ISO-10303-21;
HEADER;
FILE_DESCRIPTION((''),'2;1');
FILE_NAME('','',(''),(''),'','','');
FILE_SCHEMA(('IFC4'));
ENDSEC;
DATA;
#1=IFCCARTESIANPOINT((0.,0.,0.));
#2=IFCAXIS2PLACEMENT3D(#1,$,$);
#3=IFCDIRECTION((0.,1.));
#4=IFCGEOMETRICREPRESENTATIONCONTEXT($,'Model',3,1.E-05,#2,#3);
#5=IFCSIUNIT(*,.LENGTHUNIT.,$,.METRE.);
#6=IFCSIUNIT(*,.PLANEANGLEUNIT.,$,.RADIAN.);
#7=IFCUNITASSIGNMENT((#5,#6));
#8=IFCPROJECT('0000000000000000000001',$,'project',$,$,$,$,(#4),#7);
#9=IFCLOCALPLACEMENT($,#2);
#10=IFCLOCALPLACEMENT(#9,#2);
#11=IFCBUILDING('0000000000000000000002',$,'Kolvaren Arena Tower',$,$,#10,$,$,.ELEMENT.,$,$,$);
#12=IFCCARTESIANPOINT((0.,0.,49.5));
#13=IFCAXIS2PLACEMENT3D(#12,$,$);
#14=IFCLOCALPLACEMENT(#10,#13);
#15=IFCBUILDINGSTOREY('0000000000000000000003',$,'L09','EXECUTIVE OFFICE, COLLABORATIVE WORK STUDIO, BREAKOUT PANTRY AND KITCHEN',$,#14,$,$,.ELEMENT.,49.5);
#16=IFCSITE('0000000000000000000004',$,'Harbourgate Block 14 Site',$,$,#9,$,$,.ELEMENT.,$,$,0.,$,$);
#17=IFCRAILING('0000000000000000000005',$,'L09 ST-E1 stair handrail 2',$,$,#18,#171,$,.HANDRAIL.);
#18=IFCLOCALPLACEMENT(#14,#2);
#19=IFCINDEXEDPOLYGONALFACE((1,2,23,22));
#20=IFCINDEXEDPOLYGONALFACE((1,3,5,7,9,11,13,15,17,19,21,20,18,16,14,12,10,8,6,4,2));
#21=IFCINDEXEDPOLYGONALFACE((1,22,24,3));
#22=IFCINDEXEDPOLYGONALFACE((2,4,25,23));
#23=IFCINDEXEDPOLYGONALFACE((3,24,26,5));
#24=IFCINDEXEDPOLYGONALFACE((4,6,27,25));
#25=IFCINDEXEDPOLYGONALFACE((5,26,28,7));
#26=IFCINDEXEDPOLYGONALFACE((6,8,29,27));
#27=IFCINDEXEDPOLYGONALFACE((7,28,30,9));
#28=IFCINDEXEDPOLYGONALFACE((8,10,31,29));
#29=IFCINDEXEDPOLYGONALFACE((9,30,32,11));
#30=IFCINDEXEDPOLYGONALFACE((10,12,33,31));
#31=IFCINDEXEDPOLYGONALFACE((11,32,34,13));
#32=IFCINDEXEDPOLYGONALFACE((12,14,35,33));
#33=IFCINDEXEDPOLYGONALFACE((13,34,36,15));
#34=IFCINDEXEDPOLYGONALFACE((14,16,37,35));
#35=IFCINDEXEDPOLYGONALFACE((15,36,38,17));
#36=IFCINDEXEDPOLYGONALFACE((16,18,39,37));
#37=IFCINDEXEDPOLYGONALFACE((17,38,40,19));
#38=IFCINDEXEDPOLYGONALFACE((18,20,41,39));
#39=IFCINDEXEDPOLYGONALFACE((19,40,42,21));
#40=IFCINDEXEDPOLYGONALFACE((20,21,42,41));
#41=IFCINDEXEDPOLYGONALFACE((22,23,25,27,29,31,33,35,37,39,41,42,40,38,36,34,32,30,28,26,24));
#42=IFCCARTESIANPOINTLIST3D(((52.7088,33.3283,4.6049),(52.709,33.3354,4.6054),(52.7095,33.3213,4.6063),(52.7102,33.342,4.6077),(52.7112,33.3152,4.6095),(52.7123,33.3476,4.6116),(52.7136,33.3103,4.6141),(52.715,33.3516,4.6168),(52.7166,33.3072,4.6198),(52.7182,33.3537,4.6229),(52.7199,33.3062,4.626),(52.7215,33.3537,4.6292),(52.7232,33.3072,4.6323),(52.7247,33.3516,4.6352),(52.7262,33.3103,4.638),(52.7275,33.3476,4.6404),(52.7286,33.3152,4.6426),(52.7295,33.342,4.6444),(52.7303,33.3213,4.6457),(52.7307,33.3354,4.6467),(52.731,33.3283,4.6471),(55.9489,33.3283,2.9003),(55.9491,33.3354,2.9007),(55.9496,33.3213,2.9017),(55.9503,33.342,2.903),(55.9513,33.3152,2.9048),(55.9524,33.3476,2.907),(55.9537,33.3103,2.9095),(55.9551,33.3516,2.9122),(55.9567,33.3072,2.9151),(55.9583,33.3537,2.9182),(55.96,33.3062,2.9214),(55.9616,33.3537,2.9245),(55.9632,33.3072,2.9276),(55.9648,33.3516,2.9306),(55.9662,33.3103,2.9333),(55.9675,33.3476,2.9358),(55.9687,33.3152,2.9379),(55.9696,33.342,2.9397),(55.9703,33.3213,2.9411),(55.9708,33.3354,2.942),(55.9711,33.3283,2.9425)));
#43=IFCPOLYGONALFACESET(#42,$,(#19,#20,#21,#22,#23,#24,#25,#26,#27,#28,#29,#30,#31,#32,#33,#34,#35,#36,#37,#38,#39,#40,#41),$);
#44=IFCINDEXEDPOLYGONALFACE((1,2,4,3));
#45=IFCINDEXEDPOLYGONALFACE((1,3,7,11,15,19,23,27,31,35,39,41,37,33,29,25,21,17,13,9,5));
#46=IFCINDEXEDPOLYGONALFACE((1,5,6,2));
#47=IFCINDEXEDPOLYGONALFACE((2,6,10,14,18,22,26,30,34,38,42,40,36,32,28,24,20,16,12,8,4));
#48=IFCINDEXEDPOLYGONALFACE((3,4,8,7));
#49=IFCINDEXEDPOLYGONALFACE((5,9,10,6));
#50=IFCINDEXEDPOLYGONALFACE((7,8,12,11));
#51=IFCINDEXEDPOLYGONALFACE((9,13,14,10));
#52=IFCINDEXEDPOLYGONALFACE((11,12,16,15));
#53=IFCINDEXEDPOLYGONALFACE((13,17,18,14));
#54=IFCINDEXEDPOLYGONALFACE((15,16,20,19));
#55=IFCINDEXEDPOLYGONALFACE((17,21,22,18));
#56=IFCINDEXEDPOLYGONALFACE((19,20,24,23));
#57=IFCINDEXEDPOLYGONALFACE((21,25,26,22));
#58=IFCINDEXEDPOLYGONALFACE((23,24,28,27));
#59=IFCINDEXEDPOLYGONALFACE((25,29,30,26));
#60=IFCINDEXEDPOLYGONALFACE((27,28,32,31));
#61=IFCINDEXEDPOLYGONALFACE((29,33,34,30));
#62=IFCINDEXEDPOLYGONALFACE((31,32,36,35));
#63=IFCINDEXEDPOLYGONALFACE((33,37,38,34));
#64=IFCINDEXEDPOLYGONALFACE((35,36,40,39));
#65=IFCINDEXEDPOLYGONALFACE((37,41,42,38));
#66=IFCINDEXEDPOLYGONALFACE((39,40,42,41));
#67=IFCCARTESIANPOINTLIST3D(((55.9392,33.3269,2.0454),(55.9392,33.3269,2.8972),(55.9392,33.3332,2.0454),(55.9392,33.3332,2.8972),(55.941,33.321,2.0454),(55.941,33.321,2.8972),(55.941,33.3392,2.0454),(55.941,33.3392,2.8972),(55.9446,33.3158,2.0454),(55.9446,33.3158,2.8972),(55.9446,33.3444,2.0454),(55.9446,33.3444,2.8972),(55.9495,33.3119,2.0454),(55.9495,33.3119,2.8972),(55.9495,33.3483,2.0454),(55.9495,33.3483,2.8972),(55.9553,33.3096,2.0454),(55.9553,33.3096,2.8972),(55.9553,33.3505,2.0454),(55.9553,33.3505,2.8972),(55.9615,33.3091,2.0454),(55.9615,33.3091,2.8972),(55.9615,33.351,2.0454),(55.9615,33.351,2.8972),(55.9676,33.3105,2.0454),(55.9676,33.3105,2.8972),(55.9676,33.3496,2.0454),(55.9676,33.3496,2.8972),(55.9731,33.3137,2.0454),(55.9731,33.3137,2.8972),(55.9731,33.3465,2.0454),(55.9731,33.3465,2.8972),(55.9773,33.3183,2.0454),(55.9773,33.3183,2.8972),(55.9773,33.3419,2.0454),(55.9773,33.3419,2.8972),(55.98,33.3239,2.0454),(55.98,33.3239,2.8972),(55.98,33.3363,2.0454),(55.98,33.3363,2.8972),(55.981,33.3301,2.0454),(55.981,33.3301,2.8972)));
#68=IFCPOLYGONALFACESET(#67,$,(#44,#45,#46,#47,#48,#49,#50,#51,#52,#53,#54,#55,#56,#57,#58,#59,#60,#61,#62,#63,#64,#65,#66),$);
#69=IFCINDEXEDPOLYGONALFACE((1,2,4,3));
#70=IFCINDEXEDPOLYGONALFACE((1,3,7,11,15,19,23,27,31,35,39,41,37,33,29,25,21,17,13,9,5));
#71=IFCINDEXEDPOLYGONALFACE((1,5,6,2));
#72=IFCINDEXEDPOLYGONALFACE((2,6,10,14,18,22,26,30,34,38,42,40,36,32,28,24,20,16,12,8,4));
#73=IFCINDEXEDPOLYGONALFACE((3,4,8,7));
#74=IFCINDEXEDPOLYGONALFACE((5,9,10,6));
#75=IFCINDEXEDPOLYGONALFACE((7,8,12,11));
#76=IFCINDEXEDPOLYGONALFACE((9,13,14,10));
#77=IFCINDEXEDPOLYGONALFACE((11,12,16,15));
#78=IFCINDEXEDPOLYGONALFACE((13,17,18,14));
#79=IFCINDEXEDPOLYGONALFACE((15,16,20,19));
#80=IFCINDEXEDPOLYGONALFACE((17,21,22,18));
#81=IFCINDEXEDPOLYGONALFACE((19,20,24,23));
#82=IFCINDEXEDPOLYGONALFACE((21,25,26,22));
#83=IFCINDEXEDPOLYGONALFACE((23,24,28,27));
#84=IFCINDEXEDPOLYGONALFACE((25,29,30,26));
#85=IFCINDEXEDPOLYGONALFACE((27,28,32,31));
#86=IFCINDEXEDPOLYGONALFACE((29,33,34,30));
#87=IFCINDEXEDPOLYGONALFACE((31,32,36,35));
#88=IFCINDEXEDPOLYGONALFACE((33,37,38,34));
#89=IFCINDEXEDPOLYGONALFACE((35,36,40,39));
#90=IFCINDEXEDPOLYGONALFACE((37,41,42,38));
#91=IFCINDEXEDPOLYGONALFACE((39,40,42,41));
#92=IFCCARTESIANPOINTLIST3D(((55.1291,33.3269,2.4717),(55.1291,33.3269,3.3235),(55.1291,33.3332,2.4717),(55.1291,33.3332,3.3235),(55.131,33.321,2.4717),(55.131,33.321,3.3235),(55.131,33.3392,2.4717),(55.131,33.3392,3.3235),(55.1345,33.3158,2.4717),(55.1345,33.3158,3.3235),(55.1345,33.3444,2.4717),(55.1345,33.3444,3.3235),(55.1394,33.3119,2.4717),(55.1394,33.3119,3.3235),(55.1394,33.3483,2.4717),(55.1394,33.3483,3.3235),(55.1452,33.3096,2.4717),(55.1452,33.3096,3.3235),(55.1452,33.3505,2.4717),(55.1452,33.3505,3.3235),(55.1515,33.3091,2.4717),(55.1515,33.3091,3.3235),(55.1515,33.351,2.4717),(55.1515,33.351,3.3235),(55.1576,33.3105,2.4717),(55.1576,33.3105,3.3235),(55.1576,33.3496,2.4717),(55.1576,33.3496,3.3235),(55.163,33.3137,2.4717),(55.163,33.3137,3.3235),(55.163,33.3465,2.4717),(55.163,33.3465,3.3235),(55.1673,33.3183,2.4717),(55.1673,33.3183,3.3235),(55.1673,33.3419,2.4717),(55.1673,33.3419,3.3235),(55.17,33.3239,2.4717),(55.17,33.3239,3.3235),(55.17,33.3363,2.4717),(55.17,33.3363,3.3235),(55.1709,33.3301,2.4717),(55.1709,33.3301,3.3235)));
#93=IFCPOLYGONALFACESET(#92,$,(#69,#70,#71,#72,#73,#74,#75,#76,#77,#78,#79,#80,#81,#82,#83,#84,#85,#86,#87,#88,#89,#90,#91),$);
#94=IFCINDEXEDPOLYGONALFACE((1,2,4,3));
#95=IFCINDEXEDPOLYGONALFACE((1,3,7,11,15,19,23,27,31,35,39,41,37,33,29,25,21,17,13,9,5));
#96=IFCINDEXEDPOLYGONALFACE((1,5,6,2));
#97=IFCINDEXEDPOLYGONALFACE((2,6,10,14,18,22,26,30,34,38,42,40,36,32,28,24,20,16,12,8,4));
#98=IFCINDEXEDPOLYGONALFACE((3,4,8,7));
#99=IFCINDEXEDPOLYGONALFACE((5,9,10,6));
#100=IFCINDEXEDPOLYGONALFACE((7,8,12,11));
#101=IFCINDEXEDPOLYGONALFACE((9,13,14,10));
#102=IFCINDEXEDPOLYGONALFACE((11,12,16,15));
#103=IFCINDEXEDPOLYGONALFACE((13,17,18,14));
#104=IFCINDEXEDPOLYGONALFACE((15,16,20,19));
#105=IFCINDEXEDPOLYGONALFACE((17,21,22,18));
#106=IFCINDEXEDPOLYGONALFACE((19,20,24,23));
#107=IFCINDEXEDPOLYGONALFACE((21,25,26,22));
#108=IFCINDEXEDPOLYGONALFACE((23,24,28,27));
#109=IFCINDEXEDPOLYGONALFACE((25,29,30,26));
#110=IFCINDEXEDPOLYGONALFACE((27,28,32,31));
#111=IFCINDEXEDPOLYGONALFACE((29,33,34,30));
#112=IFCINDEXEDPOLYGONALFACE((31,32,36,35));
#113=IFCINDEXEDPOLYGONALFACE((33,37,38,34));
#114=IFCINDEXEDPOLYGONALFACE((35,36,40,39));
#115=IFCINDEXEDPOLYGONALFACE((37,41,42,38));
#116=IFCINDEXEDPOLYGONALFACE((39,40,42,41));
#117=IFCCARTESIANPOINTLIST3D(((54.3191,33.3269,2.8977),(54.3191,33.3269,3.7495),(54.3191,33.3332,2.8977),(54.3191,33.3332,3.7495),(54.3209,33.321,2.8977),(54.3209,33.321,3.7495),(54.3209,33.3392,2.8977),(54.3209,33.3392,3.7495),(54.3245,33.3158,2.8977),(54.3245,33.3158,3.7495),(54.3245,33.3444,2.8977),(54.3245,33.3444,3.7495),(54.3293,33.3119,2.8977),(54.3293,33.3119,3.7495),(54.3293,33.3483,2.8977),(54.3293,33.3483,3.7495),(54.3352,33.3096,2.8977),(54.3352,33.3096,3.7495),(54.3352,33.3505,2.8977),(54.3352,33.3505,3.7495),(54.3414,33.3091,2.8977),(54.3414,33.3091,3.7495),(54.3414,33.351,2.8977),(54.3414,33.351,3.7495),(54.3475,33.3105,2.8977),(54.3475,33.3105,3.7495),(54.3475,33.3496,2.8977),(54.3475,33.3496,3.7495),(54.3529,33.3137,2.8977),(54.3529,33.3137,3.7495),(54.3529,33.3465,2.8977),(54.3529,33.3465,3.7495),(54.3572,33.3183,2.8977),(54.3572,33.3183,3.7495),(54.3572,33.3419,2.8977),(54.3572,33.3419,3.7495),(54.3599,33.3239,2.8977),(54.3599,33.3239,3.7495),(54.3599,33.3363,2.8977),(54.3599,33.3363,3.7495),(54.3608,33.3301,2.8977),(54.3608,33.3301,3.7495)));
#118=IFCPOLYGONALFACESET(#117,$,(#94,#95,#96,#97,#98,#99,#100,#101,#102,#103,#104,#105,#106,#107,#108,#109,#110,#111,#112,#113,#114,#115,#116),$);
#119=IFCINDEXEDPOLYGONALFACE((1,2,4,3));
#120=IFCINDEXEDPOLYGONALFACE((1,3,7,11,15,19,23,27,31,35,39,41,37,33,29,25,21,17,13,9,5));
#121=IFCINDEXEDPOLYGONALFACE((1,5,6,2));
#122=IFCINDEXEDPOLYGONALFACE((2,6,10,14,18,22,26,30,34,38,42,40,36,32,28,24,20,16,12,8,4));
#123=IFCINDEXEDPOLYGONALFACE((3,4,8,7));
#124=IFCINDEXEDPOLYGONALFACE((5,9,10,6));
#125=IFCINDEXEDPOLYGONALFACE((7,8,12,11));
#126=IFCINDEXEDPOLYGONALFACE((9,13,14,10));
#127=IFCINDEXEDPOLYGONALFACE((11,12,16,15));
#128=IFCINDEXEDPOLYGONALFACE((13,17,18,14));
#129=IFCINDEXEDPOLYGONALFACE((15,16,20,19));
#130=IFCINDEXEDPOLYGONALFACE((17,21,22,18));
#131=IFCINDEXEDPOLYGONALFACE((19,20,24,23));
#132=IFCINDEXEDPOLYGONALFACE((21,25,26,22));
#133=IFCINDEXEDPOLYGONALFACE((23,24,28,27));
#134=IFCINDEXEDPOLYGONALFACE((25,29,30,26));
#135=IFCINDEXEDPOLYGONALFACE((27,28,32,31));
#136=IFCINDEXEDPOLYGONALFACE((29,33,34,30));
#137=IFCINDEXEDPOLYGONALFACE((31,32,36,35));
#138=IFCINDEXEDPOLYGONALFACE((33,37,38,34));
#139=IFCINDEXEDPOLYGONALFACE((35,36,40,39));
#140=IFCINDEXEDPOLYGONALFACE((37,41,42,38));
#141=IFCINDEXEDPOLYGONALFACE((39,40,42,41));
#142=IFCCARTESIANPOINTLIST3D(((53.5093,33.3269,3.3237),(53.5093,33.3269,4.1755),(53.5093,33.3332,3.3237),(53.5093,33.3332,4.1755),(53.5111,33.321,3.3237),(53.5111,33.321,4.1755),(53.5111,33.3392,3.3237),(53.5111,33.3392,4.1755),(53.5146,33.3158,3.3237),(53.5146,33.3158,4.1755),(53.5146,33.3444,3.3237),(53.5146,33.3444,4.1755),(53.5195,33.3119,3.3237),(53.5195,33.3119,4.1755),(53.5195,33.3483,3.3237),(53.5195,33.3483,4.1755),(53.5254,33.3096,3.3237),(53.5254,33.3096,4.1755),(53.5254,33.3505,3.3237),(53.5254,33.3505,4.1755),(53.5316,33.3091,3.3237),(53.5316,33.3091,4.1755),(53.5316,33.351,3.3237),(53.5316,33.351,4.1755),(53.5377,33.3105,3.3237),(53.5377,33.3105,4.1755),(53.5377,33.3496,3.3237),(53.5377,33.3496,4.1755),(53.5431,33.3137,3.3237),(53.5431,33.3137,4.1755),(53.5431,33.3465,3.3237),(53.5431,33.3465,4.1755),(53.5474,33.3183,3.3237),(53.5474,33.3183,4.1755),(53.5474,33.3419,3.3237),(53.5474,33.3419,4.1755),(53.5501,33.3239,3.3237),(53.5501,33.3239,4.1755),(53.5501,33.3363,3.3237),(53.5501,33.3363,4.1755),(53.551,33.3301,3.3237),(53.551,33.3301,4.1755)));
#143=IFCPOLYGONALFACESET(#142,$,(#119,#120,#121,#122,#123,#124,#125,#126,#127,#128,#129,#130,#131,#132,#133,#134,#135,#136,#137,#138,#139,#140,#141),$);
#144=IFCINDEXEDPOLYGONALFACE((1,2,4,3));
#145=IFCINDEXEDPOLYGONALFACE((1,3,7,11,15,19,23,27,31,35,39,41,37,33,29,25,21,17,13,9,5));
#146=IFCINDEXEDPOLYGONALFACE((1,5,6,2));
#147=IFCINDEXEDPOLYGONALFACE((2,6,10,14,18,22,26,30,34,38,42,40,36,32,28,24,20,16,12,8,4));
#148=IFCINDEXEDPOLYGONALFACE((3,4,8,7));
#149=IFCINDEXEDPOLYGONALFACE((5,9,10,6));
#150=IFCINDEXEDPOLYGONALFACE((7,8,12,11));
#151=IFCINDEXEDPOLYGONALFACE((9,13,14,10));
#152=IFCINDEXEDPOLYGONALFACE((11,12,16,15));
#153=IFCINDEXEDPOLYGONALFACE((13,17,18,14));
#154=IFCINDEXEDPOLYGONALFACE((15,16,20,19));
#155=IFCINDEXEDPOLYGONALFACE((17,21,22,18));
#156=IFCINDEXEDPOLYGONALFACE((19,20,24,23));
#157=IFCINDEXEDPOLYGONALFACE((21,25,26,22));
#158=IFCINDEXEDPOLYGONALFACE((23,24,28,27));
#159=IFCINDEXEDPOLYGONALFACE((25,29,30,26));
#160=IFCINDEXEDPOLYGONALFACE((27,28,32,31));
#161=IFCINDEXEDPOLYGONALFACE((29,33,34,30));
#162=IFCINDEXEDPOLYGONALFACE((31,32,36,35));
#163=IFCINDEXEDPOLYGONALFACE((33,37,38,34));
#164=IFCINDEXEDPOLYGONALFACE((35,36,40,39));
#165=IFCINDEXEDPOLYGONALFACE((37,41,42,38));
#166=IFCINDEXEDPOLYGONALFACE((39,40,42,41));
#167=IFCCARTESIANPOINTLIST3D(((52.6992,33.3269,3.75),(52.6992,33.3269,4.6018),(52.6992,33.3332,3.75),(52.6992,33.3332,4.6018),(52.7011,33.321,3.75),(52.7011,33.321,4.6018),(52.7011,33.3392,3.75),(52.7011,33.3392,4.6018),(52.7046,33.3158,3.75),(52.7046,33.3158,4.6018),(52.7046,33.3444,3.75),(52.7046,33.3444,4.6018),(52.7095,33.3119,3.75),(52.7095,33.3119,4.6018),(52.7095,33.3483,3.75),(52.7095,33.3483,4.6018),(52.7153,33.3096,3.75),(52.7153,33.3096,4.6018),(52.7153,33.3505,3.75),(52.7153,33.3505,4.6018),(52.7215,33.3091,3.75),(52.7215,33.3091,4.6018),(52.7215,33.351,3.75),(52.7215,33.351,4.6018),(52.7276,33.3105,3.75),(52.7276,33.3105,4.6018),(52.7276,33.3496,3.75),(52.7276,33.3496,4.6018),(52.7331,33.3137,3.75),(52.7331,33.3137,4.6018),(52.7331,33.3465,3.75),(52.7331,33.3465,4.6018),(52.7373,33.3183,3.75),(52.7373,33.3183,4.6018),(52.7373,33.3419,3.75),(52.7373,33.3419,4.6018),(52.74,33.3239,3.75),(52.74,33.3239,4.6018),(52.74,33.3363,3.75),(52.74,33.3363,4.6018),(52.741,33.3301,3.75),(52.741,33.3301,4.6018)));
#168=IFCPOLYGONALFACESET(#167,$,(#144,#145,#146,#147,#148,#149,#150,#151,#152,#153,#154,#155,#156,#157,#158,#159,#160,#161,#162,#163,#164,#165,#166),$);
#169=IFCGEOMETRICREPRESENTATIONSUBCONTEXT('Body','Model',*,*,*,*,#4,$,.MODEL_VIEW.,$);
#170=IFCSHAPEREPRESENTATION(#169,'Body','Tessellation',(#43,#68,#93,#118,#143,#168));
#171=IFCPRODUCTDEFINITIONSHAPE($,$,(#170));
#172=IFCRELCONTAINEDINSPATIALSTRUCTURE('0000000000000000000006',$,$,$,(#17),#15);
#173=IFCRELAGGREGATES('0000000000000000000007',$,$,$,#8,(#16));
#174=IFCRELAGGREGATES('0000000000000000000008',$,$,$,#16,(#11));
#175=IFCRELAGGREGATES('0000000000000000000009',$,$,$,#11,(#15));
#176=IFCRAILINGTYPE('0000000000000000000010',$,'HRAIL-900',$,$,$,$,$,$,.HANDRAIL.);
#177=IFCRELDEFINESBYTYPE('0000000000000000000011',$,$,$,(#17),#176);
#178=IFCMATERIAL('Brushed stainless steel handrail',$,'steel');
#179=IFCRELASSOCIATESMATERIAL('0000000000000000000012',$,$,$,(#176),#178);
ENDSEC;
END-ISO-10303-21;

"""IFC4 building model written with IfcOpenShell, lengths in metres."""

from ifc_helpers import new_model, si_unit, direction, frame, origin, origin_2d, place, context, subcontext, project, spatial, circle, extrude, material, type_object, element, save


model = new_model("IFC4")

# Units and contexts
model_context = context("Model", 3, precision=1e-05, world=origin(), true_north=direction((0.0, 1.0)))
body_context = subcontext(model_context, "Body", "Model", "MODEL_VIEW")
ifc_project = project(units=[si_unit("LENGTHUNIT", "METRE"), si_unit("PLANEANGLEUNIT", "RADIAN")], contexts=[model_context])

# Site, building, storey
site_placement = place(None, origin())
site = spatial("IfcSite", under=ifc_project, at=site_placement, Name="Harbourgate Block 14 Site", CompositionType="ELEMENT", RefElevation=0.0)
building_placement = place(site_placement, origin())
building = spatial("IfcBuilding", under=site, at=building_placement, Name="Kolvaren Arena Tower", CompositionType="ELEMENT")
storey_placement = place(building_placement, frame((0.0, 0.0, 49.5)))
storey = spatial("IfcBuildingStorey", under=building, at=storey_placement, Name="L09", Description="EXECUTIVE OFFICE, COLLABORATIVE WORK STUDIO, BREAKOUT PANTRY AND KITCHEN", CompositionType="ELEMENT", Elevation=49.5)

# Railing
ifc_material_1 = material(Name="Brushed stainless steel handrail", Category="steel")
railing_type_1 = type_object("IfcRailingType", Name="HRAIL-900", PredefinedType="HANDRAIL", material=ifc_material_1)
railing_placement = place(storey_placement, frame((55.96, 33.3301, 2.0454)))
element("IfcRailing", 1, at=railing_placement, inside=storey, type_object=railing_type_1, Name="L09 ST-E1 stair handrail 2", PredefinedType="HANDRAIL", context=body_context, shape_type="SweptSolid", body=[
    extrude(circle(Radius=0.0239, at=origin_2d()), frame((0.0, 0.0, 0.876), z_axis=(-0.884993, 0.0, 0.465604), x_axis=(0.0, -1.0, 0.0)), (0.0, 0.0, 1.0), 3.6611),
    extrude(circle(Radius=0.021, at=origin_2d()), origin(), (0.0, 0.0, 1.0), 0.8518),
    extrude(circle(Radius=0.021, at=origin_2d()), frame((-0.8101, 0.0, 0.4263)), (0.0, 0.0, 1.0), 0.8518),
    extrude(circle(Radius=0.021, at=origin_2d()), frame((-1.6201, 0.0, 0.8523)), (0.0, 0.0, 1.0), 0.8518),
    extrude(circle(Radius=0.021, at=origin_2d()), frame((-2.4299, 0.0, 1.2783)), (0.0, 0.0, 1.0), 0.8518),
    extrude(circle(Radius=0.021, at=origin_2d()), frame((-3.24, 0.0, 1.7046)), (0.0, 0.0, 1.0), 0.8518),
])

save(model, "model.ifc")
